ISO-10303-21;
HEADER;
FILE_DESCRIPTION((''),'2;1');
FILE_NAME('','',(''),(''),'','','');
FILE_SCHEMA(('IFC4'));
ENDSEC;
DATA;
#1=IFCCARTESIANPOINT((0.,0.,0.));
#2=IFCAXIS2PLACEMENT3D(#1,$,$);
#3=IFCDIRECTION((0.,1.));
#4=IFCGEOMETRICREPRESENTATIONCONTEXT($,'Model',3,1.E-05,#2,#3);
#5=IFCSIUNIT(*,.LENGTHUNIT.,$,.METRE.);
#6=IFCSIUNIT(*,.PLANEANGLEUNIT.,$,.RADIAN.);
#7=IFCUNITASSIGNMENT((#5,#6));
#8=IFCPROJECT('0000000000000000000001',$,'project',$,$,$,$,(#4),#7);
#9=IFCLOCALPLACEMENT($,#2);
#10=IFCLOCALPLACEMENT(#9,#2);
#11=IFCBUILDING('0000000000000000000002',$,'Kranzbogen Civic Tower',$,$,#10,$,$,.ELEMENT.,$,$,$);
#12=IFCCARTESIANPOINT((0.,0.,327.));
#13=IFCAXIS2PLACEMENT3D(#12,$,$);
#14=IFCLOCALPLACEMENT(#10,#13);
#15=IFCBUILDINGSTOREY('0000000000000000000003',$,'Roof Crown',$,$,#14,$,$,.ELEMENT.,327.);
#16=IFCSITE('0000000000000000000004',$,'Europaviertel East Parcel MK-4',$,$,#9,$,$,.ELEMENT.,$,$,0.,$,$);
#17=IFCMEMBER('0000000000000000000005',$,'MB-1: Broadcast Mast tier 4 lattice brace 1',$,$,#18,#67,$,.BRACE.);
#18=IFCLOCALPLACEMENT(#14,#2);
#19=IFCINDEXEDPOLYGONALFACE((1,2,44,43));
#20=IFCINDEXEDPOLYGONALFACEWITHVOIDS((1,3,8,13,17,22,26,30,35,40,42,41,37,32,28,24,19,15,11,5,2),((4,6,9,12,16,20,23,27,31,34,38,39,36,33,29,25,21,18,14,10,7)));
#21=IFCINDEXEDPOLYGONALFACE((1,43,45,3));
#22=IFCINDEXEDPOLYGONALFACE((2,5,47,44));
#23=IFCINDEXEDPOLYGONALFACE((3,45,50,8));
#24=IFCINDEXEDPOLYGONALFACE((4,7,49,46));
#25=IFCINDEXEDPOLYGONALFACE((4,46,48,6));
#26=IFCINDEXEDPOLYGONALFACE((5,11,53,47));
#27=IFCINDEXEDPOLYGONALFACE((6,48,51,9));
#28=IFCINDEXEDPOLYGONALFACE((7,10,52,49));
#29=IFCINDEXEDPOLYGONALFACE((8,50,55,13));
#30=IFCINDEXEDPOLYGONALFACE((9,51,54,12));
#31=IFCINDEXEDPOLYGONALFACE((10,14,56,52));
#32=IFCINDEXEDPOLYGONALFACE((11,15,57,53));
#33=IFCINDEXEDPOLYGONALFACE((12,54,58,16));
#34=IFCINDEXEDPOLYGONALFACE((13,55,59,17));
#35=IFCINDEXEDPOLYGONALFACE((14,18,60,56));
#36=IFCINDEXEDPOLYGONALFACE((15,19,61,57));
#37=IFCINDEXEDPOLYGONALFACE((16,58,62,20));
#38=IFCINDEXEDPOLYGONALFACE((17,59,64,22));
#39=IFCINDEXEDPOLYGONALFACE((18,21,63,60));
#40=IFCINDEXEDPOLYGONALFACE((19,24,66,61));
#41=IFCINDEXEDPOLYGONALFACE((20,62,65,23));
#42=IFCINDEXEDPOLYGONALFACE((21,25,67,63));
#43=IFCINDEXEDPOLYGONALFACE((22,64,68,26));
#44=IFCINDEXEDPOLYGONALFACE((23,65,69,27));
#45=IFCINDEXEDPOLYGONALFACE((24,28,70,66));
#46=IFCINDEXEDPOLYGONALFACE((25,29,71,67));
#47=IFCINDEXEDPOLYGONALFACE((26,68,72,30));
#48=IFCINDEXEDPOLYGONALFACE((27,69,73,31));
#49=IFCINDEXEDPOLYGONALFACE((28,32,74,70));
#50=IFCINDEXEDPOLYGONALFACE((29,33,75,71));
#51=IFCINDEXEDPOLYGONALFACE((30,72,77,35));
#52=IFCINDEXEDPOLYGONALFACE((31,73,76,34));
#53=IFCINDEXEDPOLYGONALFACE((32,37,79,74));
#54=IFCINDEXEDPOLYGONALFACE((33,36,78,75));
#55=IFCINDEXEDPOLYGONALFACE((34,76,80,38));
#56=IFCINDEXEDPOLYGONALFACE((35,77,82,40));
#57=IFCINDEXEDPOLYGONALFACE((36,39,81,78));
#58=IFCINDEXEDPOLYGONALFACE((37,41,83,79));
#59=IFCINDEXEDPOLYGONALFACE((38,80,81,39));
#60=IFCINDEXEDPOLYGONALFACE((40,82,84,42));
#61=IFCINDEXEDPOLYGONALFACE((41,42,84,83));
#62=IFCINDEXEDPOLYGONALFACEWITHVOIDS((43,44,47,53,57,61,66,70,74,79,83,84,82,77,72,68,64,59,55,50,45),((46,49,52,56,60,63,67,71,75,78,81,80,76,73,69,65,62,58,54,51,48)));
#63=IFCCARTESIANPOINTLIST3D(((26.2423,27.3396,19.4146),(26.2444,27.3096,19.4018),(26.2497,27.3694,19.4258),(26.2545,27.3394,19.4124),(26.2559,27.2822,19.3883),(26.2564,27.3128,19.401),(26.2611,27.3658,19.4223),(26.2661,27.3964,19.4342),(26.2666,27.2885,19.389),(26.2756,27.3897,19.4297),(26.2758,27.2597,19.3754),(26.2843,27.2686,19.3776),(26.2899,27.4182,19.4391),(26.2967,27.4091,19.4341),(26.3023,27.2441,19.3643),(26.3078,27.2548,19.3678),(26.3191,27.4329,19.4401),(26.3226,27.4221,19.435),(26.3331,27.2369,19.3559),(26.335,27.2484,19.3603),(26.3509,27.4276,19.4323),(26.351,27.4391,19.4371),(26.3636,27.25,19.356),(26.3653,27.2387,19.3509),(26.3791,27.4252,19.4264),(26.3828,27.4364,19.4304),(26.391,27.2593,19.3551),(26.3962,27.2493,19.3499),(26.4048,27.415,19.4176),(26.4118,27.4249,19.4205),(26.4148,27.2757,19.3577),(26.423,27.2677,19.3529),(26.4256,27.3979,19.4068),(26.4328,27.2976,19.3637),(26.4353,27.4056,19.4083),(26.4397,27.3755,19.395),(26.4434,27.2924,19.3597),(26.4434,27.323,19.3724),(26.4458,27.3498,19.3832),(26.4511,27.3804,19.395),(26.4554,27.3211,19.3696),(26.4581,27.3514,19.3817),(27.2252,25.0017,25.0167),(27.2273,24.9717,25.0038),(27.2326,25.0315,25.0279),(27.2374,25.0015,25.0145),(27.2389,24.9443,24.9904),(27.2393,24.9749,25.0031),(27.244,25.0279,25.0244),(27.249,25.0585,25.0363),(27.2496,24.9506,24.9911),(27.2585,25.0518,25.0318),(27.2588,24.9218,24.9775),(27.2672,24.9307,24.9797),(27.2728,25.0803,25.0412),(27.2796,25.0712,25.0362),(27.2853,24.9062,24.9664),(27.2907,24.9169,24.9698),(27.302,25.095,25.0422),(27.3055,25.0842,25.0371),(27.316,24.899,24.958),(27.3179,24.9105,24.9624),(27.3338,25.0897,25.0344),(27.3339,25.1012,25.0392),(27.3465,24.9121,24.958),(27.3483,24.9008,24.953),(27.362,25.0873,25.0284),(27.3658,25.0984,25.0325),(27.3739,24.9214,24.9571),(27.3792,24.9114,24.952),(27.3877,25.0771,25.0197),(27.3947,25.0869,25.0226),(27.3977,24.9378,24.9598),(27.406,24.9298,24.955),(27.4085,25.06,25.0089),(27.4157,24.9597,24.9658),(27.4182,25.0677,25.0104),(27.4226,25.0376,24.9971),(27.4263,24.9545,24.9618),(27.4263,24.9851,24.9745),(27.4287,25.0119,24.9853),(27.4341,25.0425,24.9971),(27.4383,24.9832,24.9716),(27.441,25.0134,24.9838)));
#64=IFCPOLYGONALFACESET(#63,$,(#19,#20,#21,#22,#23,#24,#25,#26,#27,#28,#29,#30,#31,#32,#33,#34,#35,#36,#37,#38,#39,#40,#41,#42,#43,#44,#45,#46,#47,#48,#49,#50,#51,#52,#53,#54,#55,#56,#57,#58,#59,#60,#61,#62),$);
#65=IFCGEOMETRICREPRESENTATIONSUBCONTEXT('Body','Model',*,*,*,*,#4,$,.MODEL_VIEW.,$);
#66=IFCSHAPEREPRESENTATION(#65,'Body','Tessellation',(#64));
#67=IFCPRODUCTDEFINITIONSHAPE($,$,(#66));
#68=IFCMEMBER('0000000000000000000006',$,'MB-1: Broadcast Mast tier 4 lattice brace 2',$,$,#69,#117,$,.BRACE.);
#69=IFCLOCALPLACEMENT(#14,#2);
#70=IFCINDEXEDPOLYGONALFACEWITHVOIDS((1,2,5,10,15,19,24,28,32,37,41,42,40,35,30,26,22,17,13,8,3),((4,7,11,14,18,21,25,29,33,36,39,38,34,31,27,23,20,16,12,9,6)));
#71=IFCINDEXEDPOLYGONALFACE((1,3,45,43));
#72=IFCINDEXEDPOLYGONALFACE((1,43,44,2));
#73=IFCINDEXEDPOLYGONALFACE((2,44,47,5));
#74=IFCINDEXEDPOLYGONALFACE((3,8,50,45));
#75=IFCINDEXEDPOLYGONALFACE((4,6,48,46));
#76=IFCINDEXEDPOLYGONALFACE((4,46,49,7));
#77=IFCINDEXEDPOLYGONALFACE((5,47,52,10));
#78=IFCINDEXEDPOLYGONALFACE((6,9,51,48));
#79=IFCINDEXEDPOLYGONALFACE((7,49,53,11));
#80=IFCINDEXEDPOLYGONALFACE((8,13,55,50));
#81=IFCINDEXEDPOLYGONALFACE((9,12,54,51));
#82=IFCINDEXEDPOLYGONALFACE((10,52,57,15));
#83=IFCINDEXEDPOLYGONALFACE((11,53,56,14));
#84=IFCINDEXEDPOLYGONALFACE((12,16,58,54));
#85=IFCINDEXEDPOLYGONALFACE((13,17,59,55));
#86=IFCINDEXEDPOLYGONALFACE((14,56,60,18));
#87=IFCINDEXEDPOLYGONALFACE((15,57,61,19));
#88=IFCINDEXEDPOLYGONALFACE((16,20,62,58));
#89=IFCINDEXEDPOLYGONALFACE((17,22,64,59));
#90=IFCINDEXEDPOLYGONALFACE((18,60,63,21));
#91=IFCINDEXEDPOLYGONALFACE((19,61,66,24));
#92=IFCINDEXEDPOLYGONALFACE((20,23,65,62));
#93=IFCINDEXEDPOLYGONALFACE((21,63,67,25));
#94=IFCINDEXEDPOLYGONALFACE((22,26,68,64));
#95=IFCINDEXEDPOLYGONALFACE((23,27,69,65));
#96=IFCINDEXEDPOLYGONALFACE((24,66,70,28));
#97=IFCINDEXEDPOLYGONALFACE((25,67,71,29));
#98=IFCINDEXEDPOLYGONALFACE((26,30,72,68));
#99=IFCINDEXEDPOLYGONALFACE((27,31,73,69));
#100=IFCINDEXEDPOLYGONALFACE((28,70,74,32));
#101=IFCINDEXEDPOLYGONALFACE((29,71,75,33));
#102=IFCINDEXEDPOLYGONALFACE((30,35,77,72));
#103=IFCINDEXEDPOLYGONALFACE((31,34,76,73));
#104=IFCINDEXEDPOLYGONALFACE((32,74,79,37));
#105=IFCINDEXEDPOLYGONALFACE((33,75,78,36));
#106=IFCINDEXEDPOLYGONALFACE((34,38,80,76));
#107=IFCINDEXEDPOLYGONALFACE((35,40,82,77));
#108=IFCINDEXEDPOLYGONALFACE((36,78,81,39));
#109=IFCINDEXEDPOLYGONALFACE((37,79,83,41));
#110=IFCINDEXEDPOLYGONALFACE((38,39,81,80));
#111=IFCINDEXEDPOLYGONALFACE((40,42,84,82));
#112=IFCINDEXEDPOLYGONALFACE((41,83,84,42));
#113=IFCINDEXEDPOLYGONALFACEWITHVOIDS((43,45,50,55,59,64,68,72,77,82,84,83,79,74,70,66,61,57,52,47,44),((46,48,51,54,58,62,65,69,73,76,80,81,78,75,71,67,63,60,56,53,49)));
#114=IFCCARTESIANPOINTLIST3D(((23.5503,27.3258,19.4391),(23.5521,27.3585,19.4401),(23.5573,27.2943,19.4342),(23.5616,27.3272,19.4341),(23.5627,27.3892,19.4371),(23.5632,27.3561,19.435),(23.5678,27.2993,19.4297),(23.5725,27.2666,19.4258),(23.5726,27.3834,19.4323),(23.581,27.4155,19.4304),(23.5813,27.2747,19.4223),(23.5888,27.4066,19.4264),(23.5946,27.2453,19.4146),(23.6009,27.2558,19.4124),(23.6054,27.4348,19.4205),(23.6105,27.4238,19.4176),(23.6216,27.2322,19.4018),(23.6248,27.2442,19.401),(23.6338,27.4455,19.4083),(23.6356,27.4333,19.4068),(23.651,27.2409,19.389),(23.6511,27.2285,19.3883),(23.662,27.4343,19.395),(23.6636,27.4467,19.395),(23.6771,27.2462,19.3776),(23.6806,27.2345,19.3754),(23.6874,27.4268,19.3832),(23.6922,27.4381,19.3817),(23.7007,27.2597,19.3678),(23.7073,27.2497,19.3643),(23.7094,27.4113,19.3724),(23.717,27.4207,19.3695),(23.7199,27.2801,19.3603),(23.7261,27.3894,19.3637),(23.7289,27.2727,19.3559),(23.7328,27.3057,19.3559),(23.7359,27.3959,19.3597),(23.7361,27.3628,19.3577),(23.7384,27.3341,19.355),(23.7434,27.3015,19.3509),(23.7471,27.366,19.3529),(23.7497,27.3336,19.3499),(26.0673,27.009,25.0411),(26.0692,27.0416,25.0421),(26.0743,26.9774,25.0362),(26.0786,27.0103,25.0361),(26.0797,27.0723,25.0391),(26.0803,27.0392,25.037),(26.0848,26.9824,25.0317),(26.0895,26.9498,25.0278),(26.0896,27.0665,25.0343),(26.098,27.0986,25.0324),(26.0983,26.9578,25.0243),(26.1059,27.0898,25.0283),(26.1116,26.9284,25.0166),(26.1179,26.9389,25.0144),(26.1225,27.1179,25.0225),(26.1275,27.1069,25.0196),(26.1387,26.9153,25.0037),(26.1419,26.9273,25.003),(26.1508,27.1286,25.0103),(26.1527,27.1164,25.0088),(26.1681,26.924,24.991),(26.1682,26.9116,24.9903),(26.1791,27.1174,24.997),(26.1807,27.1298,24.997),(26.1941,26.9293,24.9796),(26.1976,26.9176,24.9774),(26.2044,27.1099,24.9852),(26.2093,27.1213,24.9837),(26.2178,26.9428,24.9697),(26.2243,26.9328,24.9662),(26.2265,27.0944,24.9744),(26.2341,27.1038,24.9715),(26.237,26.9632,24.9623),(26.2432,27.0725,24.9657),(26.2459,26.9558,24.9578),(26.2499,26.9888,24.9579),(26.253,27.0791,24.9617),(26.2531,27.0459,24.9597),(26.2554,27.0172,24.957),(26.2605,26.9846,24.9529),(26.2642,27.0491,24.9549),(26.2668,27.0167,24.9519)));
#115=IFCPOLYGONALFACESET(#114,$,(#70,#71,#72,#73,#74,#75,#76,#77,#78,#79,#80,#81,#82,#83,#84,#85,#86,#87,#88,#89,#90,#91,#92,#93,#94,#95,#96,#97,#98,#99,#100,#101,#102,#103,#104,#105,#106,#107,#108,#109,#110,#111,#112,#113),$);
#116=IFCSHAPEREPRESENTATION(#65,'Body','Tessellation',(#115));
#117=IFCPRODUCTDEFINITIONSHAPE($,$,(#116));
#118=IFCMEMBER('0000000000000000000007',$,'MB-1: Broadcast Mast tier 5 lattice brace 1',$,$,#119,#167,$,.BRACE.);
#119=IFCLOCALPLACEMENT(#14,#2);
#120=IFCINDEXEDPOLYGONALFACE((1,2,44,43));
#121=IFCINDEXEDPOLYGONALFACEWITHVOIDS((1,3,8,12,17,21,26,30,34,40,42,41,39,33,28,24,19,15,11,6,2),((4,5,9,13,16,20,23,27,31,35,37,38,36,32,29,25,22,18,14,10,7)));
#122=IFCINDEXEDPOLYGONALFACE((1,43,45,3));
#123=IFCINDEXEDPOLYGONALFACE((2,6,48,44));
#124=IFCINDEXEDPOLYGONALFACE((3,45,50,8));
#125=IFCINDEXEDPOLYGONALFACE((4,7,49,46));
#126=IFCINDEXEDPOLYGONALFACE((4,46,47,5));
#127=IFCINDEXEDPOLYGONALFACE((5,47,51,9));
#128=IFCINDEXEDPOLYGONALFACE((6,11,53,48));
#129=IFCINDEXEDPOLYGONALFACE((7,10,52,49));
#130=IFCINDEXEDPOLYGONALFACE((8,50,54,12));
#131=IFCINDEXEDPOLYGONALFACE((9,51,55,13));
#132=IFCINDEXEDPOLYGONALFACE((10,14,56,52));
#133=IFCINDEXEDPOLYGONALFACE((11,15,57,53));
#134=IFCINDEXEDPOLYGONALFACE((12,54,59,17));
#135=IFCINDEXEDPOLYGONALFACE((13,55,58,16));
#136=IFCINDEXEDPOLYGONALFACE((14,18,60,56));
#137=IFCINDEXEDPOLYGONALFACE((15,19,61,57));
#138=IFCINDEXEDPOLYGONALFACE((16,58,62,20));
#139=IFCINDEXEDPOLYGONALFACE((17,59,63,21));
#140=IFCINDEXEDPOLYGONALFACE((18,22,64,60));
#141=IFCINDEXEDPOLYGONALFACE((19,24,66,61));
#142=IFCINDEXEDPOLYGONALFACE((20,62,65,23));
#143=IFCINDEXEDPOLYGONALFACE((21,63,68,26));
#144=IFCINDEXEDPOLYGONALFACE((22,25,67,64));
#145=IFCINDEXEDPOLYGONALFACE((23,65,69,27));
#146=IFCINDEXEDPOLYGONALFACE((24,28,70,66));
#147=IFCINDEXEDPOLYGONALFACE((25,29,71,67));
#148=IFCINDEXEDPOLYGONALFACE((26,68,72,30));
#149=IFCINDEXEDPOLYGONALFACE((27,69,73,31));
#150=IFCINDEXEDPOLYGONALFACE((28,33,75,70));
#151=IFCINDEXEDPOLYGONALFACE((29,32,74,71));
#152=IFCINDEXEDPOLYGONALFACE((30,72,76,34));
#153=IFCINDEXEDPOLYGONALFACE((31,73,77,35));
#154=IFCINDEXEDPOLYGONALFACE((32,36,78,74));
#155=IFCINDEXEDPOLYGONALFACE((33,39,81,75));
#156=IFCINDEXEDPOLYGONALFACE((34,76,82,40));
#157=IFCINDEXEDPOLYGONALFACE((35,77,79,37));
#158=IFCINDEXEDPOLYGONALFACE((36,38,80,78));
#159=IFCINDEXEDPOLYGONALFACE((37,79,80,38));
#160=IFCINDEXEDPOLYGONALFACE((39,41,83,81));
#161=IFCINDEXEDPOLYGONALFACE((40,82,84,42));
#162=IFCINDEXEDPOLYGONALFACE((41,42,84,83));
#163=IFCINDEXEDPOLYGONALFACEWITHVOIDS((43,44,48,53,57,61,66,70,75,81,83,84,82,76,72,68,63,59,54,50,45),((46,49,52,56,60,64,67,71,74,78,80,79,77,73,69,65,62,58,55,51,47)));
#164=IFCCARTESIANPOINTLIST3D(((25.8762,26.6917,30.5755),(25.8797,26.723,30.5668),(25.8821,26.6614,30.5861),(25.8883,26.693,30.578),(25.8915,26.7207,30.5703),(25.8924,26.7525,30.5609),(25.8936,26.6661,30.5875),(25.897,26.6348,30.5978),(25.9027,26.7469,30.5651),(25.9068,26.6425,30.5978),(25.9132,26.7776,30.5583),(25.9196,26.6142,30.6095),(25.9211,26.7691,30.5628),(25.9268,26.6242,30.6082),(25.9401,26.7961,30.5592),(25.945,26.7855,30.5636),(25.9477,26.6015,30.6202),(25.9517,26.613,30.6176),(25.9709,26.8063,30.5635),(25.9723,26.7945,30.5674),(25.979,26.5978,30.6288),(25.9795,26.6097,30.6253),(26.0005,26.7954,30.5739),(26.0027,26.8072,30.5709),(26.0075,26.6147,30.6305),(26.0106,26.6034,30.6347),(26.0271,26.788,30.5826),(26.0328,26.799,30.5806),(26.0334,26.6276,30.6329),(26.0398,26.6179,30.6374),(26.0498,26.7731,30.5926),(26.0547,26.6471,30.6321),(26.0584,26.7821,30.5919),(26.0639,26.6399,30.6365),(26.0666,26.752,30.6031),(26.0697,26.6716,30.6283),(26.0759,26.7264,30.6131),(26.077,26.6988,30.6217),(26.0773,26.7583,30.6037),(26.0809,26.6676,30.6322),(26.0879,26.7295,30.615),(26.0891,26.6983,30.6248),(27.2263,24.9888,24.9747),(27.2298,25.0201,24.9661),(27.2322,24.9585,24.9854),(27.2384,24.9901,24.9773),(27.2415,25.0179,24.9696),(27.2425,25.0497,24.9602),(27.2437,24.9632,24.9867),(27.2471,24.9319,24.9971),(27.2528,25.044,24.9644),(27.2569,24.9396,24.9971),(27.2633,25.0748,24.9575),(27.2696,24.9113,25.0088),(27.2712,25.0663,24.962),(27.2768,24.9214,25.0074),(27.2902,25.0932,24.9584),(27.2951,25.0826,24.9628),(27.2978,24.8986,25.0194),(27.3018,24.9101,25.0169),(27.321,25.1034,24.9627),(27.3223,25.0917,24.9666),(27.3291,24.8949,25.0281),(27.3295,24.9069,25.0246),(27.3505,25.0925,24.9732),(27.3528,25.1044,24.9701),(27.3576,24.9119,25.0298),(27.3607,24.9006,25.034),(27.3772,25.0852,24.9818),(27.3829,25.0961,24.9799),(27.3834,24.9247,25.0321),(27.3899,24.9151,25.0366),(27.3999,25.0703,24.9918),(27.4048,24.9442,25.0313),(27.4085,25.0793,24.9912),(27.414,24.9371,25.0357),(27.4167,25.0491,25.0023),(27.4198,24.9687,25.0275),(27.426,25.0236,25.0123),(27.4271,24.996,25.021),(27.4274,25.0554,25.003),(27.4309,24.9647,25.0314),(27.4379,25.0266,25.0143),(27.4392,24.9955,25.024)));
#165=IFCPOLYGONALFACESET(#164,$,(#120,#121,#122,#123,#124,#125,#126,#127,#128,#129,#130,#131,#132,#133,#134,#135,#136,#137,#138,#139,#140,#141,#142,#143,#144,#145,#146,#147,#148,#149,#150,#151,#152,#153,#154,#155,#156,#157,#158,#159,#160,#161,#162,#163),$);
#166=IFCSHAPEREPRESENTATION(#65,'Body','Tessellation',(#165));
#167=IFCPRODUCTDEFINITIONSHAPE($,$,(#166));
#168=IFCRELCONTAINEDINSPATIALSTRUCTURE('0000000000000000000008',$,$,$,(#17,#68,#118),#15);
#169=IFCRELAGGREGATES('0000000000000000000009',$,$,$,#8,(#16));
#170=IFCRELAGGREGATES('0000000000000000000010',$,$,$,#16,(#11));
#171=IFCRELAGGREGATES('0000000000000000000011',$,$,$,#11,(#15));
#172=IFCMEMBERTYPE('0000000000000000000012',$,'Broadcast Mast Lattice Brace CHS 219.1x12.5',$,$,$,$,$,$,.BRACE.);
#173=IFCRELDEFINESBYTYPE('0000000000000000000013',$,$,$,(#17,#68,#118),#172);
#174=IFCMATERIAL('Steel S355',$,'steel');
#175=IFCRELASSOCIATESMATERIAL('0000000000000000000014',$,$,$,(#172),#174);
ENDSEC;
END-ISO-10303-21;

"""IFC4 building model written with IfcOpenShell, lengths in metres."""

from ifc_helpers import new_model, si_unit, direction, frame, origin, origin_2d, place, context, subcontext, project, spatial, hollow_circle, extrude, material, material_profile, profile_set, type_object, element, save


model = new_model("IFC4")

# Units and contexts
model_context = context("Model", 3, precision=1e-05, world=origin(), true_north=direction((0.0, 1.0)))
body_context = subcontext(model_context, "Body", "Model", "MODEL_VIEW")
ifc_project = project(units=[si_unit("LENGTHUNIT", "METRE"), si_unit("PLANEANGLEUNIT", "RADIAN")], contexts=[model_context])

# Site, building, storey
site_placement = place(None, origin())
site = spatial("IfcSite", under=ifc_project, at=site_placement, Name="Europaviertel East Parcel MK-4", CompositionType="ELEMENT", RefElevation=0.0)
building_placement = place(site_placement, origin())
building = spatial("IfcBuilding", under=site, at=building_placement, Name="Kranzbogen Civic Tower", CompositionType="ELEMENT")
storey_placement = place(building_placement, frame((0.0, 0.0, 327.0)))
storey = spatial("IfcBuildingStorey", under=building, at=storey_placement, Name="Roof Crown", CompositionType="ELEMENT", Elevation=327.0)

# Members
ifc_material = material(Name="Steel S355", Category="steel")
ifc_material_profile_1 = material_profile(ifc_material, hollow_circle(Radius=0.1096, WallThickness=0.0125, at=origin_2d()), Name="CHS 219.1x12.5")
ifc_profile_set_1 = profile_set([ifc_material_profile_1], Name="Steel S355")
member_type_1 = type_object("IfcMemberType", Name="Broadcast Mast Lattice Brace CHS 219.1x12.5", PredefinedType="BRACE", material=ifc_profile_set_1)
member_1_placement = place(storey_placement, frame((26.3501, 27.3379, 19.395), z_axis=(0.159839, -0.380183, 0.910995), x_axis=(0.921842, 0.387566, 0.0)))
element("IfcMember", 1, at=member_1_placement, inside=storey, type_object=member_type_1, Name="MB-1: Broadcast Mast tier 4 lattice brace 1", PredefinedType="BRACE", context=body_context, shape_type="SweptSolid", body=[
    extrude(hollow_circle(Radius=0.1096, WallThickness=0.0125, at=origin_2d()), origin(), (0.0, 0.0, 1.0), 6.1494),
])
member_2_placement = place(storey_placement, frame((23.6499, 27.3379, 19.395), z_axis=(0.409301, -0.05153, 0.910943), x_axis=(0.124911, 0.992168, 0.0)))
element("IfcMember", 2, at=member_2_placement, inside=storey, type_object=member_type_1, Name="MB-1: Broadcast Mast tier 4 lattice brace 2", PredefinedType="BRACE", context=body_context, shape_type="SweptSolid", body=[
    extrude(hollow_circle(Radius=0.1096, WallThickness=0.0125, at=origin_2d()), origin(), (0.0, 0.0, 1.0), 6.1497),
])
member_3_placement = place(storey_placement, frame((27.333, 25.0, 24.9971), z_axis=(-0.22473, 0.283452, 0.932283), x_axis=(-0.783601, -0.621264, 0.0)))
element("IfcMember", 3, at=member_3_placement, inside=storey, type_object=member_type_1, Name="MB-1: Broadcast Mast tier 5 lattice brace 1", PredefinedType="BRACE", context=body_context, shape_type="SweptSolid", body=[
    extrude(hollow_circle(Radius=0.1096, WallThickness=0.0125, at=origin_2d()), origin(), (0.0, 0.0, 1.0), 6.0076),
])

save(model, "model.ifc")
